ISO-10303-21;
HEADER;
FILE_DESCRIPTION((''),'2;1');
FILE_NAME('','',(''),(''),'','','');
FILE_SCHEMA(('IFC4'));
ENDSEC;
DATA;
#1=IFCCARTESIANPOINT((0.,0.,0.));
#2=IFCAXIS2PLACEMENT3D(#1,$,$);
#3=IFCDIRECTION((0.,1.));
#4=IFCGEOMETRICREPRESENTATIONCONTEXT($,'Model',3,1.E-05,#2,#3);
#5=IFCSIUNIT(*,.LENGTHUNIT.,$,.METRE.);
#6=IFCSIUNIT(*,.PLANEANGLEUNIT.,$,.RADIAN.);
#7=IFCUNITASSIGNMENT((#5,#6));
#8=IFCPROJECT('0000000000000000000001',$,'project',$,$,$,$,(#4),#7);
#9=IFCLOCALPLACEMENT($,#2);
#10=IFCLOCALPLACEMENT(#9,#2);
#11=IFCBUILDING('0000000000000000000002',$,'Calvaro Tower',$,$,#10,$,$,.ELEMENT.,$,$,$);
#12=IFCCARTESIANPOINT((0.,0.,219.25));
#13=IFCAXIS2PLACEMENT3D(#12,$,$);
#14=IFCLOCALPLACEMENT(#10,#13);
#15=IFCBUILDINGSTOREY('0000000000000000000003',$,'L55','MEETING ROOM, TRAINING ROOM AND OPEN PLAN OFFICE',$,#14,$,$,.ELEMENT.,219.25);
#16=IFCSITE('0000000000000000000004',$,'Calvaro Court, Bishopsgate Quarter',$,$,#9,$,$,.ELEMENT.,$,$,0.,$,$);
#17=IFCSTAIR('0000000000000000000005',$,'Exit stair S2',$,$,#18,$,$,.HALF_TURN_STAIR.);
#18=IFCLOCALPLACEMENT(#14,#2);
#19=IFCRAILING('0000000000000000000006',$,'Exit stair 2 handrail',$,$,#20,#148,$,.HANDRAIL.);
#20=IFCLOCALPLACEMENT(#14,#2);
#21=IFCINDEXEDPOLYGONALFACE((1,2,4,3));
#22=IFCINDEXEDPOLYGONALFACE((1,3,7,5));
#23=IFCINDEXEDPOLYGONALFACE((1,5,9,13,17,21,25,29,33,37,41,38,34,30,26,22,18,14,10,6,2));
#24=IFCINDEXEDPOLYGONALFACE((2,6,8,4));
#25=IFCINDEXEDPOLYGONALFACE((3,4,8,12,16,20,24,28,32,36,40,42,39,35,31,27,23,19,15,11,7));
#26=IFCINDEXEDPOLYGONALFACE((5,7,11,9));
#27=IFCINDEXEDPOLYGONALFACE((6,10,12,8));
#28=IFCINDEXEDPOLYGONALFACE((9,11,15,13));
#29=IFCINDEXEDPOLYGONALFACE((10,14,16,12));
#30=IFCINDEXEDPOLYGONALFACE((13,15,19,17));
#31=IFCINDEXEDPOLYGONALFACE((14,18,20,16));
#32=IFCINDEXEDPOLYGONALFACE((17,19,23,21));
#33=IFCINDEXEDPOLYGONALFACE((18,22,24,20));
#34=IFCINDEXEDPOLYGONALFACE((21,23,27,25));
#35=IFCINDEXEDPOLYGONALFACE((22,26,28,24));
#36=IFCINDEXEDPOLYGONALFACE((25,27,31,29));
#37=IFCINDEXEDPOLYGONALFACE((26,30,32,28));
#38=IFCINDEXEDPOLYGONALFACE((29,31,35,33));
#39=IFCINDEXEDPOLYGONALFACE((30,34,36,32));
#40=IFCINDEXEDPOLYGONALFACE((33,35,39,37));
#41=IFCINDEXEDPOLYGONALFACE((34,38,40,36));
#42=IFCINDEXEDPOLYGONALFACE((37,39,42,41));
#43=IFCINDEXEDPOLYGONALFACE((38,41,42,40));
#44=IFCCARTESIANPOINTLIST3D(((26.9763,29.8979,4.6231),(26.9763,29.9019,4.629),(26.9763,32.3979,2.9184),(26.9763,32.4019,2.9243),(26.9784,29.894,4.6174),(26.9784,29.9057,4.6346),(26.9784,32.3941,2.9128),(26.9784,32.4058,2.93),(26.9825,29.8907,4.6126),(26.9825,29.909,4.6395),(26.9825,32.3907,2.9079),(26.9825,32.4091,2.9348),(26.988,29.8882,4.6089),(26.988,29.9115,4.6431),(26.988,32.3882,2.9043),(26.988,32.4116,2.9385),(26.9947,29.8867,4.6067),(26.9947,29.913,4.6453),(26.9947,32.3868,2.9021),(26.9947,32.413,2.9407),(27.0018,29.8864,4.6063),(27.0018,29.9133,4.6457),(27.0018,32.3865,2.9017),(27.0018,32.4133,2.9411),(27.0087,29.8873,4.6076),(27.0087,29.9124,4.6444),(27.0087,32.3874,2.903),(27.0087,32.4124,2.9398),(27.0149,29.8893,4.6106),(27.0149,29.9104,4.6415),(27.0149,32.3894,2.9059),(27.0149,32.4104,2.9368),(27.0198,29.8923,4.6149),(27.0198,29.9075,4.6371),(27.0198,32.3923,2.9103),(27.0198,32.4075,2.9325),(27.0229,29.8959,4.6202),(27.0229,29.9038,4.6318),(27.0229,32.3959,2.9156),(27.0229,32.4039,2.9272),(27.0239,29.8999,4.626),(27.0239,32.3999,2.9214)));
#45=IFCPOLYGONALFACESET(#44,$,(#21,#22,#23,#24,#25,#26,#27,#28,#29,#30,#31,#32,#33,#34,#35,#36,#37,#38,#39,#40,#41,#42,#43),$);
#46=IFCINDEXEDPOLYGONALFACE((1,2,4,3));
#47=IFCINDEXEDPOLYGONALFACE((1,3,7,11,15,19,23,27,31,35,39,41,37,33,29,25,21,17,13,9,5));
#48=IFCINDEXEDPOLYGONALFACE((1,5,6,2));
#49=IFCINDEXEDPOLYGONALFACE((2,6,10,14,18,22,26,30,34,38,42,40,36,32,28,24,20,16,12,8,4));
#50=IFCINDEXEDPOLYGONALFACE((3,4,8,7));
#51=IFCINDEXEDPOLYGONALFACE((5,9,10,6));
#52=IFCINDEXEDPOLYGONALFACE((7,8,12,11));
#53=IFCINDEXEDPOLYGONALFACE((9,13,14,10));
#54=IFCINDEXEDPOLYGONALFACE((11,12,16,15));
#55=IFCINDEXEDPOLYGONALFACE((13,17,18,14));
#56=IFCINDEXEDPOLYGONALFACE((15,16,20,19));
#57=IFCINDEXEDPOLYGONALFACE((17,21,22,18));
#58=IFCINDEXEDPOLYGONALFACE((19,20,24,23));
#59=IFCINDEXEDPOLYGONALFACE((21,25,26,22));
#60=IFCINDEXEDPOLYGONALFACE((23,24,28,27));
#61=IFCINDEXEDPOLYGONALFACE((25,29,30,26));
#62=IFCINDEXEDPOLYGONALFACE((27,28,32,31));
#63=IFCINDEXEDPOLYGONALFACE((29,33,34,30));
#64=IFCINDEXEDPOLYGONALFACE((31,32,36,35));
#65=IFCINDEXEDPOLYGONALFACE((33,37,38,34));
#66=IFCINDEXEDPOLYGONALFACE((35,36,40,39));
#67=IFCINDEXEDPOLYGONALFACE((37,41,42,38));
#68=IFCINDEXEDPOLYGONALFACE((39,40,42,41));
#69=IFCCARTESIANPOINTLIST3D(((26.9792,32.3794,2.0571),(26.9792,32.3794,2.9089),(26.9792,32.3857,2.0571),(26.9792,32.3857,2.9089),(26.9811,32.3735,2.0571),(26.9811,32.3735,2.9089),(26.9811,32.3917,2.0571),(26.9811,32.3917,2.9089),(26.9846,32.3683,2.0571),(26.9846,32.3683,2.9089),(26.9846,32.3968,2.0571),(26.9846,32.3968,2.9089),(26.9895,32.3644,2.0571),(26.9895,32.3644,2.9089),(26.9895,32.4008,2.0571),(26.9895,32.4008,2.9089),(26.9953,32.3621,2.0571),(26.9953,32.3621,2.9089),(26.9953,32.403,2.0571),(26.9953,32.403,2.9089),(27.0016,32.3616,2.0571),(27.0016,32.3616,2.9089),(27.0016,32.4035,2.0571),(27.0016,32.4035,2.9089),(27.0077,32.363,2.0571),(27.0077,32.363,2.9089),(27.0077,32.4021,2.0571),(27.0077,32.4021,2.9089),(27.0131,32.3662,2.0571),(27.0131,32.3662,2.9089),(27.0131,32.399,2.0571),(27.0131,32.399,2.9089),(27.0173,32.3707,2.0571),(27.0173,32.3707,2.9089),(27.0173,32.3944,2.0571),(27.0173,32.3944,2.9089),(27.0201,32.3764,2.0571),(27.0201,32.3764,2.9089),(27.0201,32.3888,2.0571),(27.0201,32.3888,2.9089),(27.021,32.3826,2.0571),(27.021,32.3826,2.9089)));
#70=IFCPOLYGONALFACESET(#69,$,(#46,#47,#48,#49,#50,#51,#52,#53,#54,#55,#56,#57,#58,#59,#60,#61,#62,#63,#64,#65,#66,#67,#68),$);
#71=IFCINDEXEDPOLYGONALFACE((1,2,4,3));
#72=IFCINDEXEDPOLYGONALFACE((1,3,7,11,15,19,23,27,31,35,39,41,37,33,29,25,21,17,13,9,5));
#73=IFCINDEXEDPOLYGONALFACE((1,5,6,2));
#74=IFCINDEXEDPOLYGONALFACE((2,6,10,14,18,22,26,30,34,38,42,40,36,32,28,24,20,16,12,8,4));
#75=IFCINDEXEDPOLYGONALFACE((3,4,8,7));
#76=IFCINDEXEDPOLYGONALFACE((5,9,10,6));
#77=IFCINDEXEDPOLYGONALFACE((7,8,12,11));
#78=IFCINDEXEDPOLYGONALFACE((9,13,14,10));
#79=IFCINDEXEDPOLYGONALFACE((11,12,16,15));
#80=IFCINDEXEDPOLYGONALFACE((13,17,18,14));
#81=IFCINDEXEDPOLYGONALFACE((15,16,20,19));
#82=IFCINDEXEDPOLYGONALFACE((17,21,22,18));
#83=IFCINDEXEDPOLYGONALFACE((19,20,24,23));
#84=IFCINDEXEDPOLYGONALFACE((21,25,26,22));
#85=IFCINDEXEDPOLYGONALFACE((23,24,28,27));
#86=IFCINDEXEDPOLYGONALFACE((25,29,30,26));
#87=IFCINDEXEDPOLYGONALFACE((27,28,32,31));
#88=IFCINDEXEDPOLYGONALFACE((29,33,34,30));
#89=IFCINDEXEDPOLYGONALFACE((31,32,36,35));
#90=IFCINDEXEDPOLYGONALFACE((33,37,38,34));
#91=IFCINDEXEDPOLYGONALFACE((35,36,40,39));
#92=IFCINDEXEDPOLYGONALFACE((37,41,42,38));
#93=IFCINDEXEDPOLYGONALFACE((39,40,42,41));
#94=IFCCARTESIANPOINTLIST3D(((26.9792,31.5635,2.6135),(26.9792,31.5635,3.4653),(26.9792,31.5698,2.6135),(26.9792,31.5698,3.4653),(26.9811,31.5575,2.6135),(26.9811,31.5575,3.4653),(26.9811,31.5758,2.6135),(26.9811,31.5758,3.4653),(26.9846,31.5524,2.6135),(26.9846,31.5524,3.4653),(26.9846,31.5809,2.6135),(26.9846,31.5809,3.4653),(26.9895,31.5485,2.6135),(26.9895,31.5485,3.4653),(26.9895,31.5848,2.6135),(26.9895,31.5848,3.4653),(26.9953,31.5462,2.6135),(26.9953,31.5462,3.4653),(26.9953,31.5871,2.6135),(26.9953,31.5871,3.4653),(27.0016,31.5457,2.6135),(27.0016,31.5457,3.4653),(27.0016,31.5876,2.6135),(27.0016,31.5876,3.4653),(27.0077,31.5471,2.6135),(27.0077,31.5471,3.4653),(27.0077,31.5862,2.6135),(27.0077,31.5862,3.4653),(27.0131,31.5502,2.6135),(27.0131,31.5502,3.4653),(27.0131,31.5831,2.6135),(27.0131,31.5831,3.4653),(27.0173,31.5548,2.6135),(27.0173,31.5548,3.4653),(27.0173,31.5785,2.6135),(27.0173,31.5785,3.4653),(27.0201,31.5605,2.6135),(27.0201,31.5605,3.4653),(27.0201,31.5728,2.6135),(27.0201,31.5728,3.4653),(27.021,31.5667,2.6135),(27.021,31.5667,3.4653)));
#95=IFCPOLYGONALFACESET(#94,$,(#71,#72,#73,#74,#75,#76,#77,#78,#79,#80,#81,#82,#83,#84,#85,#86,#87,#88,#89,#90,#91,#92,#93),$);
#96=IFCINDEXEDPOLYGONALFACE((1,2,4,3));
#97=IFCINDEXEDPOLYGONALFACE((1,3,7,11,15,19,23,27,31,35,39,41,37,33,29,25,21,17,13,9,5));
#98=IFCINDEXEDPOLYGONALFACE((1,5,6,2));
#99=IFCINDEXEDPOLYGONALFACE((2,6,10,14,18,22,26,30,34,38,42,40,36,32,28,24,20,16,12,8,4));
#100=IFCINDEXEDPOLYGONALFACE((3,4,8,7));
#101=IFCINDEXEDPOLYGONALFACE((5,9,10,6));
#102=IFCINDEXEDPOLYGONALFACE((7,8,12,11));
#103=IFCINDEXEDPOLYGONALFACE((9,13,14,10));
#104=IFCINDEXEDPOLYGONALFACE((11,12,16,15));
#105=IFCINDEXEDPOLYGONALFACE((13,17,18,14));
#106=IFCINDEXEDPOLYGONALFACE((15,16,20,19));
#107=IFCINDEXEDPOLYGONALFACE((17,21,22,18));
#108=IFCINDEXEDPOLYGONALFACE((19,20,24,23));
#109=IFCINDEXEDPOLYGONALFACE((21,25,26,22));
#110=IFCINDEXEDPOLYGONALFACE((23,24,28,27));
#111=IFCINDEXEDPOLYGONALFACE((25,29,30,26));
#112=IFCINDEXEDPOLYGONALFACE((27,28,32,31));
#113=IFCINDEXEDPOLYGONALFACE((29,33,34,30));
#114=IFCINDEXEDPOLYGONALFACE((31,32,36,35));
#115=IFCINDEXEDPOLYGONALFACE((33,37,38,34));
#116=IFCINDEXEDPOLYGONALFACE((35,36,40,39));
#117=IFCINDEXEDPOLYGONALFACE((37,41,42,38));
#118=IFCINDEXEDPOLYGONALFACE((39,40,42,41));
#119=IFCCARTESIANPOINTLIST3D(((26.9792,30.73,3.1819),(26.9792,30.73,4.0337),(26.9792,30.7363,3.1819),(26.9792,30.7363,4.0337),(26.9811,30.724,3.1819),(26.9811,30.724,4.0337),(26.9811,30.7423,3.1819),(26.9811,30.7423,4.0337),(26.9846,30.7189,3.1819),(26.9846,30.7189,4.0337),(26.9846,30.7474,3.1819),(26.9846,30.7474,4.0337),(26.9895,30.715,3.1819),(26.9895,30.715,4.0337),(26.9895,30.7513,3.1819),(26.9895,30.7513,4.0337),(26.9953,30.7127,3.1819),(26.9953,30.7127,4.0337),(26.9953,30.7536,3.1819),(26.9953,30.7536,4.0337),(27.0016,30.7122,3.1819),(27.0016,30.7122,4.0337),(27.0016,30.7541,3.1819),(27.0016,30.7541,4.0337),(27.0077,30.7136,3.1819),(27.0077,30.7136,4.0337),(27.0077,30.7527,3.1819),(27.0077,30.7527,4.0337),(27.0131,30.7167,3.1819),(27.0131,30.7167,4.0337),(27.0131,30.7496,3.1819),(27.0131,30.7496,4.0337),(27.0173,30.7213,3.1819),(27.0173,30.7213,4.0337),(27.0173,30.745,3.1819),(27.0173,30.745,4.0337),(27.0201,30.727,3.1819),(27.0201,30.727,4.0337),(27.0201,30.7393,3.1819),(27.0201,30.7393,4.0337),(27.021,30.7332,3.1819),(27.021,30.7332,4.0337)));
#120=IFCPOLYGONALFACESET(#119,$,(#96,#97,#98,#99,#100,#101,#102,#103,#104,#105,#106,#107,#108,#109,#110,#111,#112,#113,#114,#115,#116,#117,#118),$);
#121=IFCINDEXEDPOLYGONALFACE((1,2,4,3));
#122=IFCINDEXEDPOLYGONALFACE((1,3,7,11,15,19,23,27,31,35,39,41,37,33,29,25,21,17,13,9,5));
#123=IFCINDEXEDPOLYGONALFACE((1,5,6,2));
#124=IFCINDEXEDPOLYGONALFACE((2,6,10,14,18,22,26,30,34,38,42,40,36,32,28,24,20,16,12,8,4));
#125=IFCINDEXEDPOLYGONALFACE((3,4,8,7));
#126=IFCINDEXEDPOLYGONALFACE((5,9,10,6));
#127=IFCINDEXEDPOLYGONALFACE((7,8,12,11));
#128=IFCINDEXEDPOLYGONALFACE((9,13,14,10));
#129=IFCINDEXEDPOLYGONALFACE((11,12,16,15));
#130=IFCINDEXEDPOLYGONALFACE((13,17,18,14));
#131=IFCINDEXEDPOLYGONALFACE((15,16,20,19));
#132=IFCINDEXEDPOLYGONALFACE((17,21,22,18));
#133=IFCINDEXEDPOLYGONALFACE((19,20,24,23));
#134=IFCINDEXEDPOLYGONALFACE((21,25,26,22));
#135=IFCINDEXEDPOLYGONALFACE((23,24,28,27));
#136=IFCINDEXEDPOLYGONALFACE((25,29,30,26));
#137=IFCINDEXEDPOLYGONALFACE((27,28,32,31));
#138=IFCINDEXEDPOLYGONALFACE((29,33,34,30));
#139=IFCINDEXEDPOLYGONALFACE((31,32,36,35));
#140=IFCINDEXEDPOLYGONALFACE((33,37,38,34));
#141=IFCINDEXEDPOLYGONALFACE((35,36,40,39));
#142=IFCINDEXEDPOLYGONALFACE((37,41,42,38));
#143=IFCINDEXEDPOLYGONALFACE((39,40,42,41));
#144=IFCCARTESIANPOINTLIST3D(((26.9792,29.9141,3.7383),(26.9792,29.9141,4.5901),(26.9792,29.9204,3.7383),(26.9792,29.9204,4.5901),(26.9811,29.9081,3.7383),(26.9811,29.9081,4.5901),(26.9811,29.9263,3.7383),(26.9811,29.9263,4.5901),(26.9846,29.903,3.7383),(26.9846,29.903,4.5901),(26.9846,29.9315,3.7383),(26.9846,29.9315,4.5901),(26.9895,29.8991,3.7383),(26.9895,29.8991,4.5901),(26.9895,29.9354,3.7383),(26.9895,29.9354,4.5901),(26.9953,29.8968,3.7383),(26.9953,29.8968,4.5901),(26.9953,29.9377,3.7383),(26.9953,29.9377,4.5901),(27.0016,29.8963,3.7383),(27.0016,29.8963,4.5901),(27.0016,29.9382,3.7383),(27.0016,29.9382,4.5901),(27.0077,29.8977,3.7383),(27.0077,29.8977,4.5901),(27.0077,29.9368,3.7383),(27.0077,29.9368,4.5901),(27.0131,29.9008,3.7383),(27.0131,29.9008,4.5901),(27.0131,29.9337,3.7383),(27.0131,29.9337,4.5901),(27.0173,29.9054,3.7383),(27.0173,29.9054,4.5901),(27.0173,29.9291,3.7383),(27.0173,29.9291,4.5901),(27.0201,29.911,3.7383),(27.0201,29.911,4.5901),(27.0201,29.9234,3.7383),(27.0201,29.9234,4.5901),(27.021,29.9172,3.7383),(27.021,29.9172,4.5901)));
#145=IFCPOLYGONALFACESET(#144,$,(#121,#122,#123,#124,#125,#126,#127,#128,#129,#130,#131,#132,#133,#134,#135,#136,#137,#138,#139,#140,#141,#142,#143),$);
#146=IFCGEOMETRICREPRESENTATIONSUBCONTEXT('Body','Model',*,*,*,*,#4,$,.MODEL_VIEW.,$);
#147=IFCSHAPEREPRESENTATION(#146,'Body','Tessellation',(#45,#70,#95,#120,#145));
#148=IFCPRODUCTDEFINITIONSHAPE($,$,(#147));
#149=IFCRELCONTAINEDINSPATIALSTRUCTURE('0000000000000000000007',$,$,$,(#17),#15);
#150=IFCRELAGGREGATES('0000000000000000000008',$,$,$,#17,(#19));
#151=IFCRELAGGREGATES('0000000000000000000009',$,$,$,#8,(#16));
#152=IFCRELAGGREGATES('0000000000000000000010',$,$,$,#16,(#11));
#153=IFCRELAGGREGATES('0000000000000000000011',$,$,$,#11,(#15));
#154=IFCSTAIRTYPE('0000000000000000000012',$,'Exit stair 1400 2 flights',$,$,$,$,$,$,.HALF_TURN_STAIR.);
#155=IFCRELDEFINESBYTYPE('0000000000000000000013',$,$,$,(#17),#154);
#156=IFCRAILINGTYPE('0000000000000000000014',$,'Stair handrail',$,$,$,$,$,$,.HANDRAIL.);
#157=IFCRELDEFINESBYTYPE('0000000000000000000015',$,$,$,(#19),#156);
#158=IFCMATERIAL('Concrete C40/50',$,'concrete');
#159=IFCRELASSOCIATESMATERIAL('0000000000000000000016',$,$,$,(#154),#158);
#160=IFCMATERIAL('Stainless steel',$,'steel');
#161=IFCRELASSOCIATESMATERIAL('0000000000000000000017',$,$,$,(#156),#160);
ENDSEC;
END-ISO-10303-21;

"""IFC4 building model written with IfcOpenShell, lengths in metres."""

from ifc_helpers import new_model, si_unit, direction, frame, origin, origin_2d, place, context, subcontext, project, spatial, circle, extrude, material, type_object, element, aggregate, save


model = new_model("IFC4")

# Units and contexts
model_context = context("Model", 3, precision=1e-05, world=origin(), true_north=direction((0.0, 1.0)))
body_context = subcontext(model_context, "Body", "Model", "MODEL_VIEW")
ifc_project = project(units=[si_unit("LENGTHUNIT", "METRE"), si_unit("PLANEANGLEUNIT", "RADIAN")], contexts=[model_context])

# Site, building, storey
site_placement = place(None, origin())
site = spatial("IfcSite", under=ifc_project, at=site_placement, Name="Calvaro Court, Bishopsgate Quarter", CompositionType="ELEMENT", RefElevation=0.0)
building_placement = place(site_placement, origin())
building = spatial("IfcBuilding", under=site, at=building_placement, Name="Calvaro Tower", CompositionType="ELEMENT")
storey_placement = place(building_placement, frame((0.0, 0.0, 219.25)))
storey = spatial("IfcBuildingStorey", under=building, at=storey_placement, Name="L55", Description="MEETING ROOM, TRAINING ROOM AND OPEN PLAN OFFICE", CompositionType="ELEMENT", Elevation=219.25)

# Stair, railing
ifc_material_1 = material(Name="Concrete C40/50", Category="concrete")
stair_type = type_object("IfcStairType", Name="Exit stair 1400 2 flights", PredefinedType="HALF_TURN_STAIR", material=ifc_material_1)
stair_placement = place(storey_placement, origin())
stair = element("IfcStair", 1, at=stair_placement, inside=storey, type_object=stair_type, Name="Exit stair S2", PredefinedType="HALF_TURN_STAIR")
ifc_material_2 = material(Name="Stainless steel", Category="steel")
railing_type = type_object("IfcRailingType", Name="Stair handrail", PredefinedType="HANDRAIL", material=ifc_material_2)
railing_1_placement = place(storey_placement, frame((27.0, 32.3999, 2.0454)))
railing_1 = element("IfcRailing", 2, at=railing_1_placement, type_object=railing_type, Name="Exit stair 2 handrail", PredefinedType="HANDRAIL", context=body_context, shape_type="SweptSolid", body=[
    extrude(circle(Radius=0.0239, at=origin_2d()), frame((0.0, 0.0, 0.876), z_axis=(0.0, -0.826221, 0.563347), x_axis=(1.0, 0.0, 0.0)), (0.0, 0.0, 1.0), 3.0259),
    extrude(circle(Radius=0.021, at=origin_2d()), frame((0.0, -0.0173, 0.0117)), (0.0, 0.0, 1.0), 0.8518),
    extrude(circle(Radius=0.021, at=origin_2d()), frame((0.0, -0.8333, 0.5681)), (0.0, 0.0, 1.0), 0.8518),
    extrude(circle(Radius=0.021, at=origin_2d()), frame((0.0, -1.6667, 1.1365)), (0.0, 0.0, 1.0), 0.8518),
    extrude(circle(Radius=0.021, at=origin_2d()), frame((0.0, -2.4827, 1.6929)), (0.0, 0.0, 1.0), 0.8518),
])
aggregate(stair, [railing_1])

save(model, "model.ifc")
